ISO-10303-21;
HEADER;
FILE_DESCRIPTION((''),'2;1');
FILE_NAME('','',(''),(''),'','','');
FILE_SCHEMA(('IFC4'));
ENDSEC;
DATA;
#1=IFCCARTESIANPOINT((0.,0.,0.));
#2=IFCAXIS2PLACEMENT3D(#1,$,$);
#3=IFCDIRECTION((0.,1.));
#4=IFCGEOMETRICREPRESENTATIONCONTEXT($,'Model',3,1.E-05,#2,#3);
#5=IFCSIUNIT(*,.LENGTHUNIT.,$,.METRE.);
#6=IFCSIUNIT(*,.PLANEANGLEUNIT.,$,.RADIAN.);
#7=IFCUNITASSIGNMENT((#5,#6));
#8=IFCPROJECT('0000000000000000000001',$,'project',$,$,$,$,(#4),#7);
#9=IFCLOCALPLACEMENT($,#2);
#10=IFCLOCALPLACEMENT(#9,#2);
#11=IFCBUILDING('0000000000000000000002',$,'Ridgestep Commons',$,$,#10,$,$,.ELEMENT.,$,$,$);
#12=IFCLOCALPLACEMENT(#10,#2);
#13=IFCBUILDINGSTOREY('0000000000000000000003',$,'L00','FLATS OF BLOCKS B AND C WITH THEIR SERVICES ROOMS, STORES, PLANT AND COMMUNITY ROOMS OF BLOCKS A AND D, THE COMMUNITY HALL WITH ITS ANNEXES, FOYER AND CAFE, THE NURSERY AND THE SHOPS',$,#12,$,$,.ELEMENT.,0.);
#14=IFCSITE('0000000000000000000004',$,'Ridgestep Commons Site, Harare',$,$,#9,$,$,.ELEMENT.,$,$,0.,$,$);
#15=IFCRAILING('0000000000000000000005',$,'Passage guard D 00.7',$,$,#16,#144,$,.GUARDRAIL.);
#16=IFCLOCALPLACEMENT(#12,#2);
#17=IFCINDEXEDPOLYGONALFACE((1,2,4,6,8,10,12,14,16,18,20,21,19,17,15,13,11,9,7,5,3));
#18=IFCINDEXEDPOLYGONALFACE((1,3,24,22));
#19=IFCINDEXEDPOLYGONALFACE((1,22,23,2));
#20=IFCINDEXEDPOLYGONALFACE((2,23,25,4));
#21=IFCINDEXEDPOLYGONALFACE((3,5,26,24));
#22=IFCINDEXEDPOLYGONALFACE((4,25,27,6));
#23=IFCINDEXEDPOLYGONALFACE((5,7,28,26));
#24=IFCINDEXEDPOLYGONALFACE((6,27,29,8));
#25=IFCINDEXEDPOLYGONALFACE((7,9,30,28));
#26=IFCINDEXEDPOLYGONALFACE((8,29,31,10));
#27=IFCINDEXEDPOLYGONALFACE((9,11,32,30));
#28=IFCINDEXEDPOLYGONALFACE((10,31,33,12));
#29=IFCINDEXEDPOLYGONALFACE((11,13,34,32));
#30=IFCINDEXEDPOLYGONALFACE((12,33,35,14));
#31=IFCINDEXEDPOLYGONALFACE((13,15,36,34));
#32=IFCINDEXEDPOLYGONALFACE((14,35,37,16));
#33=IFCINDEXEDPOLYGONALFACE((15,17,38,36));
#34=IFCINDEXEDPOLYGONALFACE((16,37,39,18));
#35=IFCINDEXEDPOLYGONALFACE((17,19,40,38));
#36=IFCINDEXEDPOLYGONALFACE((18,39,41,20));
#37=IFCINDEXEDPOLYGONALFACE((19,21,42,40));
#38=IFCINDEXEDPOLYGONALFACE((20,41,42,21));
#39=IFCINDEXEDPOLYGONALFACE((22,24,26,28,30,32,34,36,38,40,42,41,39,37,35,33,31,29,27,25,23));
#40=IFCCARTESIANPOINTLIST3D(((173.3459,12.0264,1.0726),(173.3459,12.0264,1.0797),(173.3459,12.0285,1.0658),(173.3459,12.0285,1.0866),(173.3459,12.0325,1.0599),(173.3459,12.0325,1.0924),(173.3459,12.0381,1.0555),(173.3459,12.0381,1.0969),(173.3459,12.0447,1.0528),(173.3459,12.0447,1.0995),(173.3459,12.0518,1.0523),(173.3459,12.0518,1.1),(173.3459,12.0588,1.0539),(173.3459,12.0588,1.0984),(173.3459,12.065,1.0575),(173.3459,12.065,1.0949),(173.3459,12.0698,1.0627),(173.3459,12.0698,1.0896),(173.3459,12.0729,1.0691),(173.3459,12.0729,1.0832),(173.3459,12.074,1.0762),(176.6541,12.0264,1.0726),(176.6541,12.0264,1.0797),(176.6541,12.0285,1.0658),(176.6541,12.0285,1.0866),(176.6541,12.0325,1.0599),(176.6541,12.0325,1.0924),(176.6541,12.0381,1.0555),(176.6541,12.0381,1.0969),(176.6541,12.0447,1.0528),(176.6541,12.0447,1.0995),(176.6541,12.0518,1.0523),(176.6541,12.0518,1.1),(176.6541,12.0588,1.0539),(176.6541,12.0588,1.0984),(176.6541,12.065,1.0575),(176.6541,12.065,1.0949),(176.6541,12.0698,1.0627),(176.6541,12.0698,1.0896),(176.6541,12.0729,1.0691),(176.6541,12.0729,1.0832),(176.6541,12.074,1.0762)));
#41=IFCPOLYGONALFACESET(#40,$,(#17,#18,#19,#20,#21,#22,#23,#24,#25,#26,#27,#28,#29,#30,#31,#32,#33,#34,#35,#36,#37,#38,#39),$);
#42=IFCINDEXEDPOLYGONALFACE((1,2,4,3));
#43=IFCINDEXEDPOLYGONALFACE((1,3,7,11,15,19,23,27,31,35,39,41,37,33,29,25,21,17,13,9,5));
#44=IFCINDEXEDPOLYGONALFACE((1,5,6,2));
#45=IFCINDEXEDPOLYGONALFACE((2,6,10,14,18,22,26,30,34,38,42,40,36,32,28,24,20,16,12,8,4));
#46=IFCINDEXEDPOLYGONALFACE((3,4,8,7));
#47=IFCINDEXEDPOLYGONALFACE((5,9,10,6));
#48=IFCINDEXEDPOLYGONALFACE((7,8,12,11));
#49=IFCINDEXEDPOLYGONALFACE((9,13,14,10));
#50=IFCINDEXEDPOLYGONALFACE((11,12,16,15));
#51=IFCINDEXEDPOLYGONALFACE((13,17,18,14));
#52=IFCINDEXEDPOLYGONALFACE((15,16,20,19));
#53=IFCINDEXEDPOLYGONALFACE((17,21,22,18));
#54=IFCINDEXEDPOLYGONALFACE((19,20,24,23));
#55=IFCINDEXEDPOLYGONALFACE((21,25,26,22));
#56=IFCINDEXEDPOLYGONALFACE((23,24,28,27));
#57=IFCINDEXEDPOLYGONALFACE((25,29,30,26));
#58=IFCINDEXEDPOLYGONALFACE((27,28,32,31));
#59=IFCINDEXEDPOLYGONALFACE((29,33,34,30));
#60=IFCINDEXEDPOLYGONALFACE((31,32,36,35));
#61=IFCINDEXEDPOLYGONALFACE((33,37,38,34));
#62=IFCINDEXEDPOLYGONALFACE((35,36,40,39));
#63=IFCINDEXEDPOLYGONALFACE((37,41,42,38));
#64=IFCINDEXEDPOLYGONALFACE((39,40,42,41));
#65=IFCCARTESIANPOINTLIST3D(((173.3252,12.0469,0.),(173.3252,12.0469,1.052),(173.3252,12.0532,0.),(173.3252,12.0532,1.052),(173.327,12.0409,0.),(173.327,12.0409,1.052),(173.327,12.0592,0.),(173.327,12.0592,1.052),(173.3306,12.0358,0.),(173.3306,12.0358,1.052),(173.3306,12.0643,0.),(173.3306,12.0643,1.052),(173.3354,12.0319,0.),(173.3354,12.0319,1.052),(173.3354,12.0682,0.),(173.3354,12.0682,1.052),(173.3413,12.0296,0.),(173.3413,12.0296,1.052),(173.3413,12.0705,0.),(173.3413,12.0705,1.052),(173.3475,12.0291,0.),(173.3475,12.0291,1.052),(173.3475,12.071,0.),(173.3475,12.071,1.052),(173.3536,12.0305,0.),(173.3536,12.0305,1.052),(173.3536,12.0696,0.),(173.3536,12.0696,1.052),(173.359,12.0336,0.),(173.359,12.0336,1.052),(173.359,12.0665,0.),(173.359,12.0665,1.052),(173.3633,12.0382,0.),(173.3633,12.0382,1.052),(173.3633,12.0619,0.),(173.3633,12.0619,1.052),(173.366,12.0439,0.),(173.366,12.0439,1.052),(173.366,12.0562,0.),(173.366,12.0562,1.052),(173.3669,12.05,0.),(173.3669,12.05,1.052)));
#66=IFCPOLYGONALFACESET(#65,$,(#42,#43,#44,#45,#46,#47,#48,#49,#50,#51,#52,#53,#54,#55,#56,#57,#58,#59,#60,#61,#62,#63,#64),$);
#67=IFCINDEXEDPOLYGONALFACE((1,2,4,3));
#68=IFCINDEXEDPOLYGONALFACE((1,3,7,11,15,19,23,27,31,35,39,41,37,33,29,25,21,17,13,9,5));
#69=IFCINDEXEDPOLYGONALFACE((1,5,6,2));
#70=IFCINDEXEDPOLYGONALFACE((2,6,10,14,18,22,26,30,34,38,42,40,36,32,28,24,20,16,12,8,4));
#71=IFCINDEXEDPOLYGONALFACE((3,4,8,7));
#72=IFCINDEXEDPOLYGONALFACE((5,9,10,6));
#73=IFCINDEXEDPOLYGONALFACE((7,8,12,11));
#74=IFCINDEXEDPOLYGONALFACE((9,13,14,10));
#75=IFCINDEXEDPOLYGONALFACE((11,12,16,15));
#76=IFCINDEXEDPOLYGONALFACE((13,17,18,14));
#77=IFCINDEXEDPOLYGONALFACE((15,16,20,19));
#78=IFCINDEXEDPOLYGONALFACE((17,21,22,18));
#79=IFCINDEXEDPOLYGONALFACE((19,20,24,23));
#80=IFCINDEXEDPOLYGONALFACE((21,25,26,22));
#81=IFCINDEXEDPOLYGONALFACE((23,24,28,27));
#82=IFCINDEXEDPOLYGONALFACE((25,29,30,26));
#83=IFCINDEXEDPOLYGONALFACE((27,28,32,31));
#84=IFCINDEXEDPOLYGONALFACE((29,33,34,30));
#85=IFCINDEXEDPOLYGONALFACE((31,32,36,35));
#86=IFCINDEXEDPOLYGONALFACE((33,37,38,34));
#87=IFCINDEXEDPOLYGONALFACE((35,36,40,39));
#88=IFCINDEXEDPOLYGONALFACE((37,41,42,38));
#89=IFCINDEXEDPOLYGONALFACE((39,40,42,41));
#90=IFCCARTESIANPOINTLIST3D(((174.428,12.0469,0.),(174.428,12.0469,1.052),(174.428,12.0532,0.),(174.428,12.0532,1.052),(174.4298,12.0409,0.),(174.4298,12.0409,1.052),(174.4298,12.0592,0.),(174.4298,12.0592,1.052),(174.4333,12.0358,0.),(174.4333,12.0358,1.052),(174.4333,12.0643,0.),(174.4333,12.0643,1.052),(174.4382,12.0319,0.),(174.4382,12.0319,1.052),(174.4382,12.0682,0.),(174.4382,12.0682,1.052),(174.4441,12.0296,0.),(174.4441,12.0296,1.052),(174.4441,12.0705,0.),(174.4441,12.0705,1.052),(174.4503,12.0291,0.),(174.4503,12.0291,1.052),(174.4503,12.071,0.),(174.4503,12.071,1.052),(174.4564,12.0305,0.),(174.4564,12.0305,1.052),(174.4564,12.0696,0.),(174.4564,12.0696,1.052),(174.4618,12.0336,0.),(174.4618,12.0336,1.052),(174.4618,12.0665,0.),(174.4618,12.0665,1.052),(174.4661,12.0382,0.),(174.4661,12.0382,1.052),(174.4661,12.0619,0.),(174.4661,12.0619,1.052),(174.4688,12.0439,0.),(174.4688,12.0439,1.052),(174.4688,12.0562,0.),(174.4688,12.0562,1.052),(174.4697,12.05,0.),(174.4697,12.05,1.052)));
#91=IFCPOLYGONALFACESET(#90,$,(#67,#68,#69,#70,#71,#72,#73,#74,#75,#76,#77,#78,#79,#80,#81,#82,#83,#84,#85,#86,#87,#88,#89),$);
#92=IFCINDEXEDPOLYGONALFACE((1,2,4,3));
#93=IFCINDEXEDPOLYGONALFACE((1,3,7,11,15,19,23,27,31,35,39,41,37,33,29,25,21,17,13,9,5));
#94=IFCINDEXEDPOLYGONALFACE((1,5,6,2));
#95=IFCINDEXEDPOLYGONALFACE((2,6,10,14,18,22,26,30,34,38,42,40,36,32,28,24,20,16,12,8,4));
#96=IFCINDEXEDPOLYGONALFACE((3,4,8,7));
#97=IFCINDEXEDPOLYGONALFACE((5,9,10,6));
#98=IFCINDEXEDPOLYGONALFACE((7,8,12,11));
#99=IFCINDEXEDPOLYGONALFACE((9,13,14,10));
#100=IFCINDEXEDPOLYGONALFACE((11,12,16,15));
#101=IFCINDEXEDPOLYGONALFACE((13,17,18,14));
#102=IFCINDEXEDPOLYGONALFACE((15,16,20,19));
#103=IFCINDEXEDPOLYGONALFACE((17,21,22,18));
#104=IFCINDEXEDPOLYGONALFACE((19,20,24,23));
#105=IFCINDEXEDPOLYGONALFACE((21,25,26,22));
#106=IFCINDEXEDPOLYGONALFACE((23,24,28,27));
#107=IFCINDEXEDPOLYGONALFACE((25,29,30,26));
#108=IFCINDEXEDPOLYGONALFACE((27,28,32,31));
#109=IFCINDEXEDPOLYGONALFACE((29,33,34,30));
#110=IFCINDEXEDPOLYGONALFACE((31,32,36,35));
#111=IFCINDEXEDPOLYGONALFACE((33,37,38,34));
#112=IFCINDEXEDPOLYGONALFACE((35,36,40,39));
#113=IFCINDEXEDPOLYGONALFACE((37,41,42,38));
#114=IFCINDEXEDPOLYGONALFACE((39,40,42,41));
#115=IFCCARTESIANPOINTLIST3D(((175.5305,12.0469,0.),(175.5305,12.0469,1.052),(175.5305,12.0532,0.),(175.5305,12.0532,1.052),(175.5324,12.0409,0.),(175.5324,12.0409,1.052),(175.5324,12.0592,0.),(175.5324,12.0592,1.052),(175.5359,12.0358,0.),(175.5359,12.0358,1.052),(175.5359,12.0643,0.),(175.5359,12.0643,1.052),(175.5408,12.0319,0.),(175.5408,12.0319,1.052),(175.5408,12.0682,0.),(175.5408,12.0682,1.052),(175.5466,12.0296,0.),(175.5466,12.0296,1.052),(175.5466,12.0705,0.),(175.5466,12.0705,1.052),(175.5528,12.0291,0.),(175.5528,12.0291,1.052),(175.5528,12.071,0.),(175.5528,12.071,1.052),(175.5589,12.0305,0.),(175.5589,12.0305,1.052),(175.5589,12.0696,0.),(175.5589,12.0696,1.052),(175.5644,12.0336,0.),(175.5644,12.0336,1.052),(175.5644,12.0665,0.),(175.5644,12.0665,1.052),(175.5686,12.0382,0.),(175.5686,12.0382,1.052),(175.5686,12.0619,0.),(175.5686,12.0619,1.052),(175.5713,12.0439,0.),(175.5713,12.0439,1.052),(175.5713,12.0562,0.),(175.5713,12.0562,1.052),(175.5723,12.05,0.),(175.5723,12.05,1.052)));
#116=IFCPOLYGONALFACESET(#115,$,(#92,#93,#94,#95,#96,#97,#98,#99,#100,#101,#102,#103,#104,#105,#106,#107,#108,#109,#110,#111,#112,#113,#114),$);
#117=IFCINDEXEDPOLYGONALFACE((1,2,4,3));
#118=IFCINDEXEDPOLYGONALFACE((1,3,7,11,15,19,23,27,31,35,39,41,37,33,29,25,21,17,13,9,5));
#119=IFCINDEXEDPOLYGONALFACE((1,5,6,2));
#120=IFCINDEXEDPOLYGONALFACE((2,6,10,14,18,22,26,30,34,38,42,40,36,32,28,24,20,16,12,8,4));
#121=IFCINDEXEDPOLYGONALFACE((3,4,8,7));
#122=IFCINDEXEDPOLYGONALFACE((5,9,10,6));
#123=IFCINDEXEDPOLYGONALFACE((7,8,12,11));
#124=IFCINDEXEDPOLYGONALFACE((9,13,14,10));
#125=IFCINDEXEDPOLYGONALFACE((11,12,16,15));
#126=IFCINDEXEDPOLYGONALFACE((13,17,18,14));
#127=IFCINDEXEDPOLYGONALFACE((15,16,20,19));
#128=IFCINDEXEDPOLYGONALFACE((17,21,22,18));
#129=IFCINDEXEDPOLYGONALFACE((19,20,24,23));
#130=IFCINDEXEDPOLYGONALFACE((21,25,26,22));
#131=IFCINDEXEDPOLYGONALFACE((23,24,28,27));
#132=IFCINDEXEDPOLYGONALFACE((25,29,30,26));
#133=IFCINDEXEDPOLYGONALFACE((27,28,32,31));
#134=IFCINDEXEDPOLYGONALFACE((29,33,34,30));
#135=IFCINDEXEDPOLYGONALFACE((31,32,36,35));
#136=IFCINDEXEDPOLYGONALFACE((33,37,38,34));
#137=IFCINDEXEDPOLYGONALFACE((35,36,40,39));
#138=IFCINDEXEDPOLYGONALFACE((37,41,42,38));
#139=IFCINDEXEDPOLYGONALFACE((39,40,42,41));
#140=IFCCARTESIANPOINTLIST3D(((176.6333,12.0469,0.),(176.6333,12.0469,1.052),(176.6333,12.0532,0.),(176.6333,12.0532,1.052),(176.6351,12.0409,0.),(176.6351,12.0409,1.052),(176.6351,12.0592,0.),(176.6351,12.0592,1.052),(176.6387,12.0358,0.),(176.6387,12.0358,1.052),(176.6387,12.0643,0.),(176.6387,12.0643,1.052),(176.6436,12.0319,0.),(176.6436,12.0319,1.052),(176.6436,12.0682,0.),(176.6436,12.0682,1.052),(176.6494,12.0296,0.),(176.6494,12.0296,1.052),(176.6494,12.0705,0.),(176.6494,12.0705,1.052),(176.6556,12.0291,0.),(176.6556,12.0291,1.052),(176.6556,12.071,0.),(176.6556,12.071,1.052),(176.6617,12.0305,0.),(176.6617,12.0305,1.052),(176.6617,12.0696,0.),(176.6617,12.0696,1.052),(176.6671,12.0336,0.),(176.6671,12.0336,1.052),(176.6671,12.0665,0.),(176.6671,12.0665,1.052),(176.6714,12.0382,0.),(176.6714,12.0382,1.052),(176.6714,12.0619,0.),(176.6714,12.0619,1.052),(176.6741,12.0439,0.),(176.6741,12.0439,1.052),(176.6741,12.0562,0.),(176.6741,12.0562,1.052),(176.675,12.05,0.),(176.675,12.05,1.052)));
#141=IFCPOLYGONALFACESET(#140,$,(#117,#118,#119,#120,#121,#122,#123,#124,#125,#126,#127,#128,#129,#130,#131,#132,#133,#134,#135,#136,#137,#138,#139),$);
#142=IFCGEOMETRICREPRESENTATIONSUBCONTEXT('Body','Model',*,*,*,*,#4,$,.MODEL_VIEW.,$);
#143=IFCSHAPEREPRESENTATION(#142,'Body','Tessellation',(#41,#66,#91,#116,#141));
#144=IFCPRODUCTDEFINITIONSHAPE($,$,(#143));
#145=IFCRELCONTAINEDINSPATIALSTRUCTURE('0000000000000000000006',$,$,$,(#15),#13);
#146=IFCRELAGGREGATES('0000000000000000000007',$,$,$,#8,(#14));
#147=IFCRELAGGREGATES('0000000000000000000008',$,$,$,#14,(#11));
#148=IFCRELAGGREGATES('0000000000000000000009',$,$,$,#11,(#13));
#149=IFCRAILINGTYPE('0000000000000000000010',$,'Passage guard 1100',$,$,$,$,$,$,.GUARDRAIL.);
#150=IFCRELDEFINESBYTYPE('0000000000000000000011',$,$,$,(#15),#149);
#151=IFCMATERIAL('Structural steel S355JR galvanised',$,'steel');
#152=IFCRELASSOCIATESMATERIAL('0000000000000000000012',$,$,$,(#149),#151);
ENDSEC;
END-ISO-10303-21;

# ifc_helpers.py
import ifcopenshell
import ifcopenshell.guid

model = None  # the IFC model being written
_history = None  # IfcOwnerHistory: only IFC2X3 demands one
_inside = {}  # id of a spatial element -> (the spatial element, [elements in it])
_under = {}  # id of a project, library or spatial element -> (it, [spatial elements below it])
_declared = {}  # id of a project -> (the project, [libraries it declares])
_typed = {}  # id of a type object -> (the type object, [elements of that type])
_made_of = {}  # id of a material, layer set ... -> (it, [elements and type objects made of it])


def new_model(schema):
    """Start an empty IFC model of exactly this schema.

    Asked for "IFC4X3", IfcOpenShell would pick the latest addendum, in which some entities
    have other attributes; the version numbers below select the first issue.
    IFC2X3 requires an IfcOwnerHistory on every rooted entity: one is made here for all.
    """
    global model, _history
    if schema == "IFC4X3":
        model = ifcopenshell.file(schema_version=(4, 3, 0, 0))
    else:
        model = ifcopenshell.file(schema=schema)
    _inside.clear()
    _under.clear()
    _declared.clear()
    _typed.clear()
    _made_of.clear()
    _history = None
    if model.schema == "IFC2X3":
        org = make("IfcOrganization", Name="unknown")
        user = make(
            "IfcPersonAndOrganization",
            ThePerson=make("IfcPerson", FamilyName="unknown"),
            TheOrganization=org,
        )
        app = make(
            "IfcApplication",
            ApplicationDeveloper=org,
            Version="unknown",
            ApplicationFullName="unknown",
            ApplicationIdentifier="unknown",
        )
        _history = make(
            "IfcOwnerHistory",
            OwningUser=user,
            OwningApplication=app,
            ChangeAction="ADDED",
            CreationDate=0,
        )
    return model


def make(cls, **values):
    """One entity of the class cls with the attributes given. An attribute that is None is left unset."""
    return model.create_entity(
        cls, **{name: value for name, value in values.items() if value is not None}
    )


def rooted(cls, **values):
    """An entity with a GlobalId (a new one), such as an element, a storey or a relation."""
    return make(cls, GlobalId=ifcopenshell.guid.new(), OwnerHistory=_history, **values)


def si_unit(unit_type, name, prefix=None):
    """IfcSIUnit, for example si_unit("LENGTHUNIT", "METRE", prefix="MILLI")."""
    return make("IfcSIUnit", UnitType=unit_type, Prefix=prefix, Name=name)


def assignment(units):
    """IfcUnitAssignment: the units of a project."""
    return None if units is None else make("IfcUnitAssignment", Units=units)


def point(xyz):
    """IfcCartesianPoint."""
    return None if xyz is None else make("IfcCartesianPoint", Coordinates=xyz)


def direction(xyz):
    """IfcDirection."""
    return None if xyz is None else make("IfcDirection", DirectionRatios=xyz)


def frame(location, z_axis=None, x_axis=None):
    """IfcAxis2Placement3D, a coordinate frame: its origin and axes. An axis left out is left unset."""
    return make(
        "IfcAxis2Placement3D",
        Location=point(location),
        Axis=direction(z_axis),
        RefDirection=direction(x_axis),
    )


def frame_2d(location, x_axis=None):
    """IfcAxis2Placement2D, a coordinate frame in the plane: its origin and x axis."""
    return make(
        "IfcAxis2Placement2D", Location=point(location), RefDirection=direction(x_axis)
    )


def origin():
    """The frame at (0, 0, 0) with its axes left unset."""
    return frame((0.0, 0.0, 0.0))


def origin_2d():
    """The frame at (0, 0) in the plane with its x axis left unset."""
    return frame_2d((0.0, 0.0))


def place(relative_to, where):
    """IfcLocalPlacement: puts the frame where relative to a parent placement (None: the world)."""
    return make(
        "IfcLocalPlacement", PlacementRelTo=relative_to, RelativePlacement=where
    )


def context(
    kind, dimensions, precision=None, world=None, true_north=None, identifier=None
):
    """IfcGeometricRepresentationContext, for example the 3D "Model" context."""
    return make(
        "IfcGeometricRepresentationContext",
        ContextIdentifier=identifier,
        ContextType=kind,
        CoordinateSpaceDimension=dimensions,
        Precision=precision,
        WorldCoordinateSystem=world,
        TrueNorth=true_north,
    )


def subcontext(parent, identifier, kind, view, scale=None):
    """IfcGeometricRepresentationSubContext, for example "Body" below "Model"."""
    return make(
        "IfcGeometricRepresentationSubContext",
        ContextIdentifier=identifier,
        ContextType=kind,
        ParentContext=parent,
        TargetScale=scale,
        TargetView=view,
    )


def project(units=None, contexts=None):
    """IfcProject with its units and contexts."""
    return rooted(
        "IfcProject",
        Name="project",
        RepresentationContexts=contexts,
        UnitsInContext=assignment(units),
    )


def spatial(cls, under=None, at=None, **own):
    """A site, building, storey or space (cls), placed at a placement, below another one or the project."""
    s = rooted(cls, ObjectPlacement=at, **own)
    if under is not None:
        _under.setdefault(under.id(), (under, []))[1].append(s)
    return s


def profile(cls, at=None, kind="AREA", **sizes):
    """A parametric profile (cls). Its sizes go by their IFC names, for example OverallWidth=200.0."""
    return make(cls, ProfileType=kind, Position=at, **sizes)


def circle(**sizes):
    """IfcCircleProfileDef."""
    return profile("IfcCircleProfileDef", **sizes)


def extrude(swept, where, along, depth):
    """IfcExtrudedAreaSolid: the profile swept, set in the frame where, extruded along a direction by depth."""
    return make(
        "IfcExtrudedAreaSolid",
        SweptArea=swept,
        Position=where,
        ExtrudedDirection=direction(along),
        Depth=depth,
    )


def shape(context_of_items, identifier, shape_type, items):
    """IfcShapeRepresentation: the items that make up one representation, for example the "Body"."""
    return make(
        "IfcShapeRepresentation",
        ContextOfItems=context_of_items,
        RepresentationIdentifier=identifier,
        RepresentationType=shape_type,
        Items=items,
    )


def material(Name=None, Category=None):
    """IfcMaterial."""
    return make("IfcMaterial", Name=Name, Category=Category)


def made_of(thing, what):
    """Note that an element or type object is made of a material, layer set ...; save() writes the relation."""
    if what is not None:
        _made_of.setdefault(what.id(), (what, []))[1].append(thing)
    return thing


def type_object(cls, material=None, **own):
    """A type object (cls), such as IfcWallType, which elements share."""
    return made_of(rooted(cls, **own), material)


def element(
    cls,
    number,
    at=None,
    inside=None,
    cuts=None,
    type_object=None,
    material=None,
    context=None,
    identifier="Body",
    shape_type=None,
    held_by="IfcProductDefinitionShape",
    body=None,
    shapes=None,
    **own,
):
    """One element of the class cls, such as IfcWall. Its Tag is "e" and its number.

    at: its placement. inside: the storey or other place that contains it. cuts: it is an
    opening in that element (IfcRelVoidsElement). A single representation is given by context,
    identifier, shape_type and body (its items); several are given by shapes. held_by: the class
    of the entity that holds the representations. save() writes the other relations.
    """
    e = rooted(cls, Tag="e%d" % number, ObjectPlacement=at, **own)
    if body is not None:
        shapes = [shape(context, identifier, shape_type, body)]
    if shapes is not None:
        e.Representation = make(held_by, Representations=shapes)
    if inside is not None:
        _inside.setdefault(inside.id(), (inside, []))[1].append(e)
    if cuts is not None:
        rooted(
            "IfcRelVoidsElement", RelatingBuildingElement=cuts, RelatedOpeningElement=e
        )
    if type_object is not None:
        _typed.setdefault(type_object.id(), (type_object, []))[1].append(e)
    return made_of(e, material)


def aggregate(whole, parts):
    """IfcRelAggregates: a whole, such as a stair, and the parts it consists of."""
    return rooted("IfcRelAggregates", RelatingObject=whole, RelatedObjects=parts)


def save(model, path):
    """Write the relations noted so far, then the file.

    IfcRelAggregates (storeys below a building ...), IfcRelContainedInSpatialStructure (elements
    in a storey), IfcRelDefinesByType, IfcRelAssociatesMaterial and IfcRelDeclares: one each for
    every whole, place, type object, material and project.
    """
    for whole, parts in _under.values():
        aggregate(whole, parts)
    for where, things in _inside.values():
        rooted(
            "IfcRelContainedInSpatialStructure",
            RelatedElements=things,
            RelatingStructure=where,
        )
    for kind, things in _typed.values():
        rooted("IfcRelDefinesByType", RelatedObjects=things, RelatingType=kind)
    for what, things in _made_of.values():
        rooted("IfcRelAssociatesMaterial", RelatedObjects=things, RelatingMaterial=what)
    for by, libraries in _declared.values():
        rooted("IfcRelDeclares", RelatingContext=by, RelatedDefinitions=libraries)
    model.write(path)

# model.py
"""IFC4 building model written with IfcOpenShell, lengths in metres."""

from ifc_helpers import new_model, si_unit, direction, frame, origin, origin_2d, place, context, subcontext, project, spatial, circle, extrude, material, type_object, element, save


model = new_model("IFC4")

# Units and contexts
model_context = context("Model", 3, precision=1e-05, world=origin(), true_north=direction((0.0, 1.0)))
body_context = subcontext(model_context, "Body", "Model", "MODEL_VIEW")
ifc_project = project(units=[si_unit("LENGTHUNIT", "METRE"), si_unit("PLANEANGLEUNIT", "RADIAN")], contexts=[model_context])

# Site, building, storey
site_placement = place(None, origin())
site = spatial("IfcSite", under=ifc_project, at=site_placement, Name="Ridgestep Commons Site, Harare", CompositionType="ELEMENT", RefElevation=0.0)
building_placement = place(site_placement, origin())
building = spatial("IfcBuilding", under=site, at=building_placement, Name="Ridgestep Commons", CompositionType="ELEMENT")
storey_placement = place(building_placement, origin())
storey = spatial("IfcBuildingStorey", under=building, at=storey_placement, Name="L00", Description="FLATS OF BLOCKS B AND C WITH THEIR SERVICES ROOMS, STORES, PLANT AND COMMUNITY ROOMS OF BLOCKS A AND D, THE COMMUNITY HALL WITH ITS ANNEXES, FOYER AND CAFE, THE NURSERY AND THE SHOPS", CompositionType="ELEMENT", Elevation=0.0)

# Railing
ifc_material_1 = material(Name="Structural steel S355JR galvanised", Category="steel")
railing_type_1 = type_object("IfcRailingType", Name="Passage guard 1100", PredefinedType="GUARDRAIL", material=ifc_material_1)
railing_1_placement = place(storey_placement, frame((173.3459, 12.05, 0.0)))
element("IfcRailing", 1, at=railing_1_placement, inside=storey, type_object=railing_type_1, Name="Passage guard D 00.7", PredefinedType="GUARDRAIL", context=body_context, shape_type="SweptSolid", body=[
    extrude(circle(Radius=0.0239, at=origin_2d()), frame((0.0, 0.0, 1.0762), z_axis=(1.0, 0.0, 0.0), x_axis=(0.0, 1.0, 0.0)), (0.0, 0.0, 1.0), 3.3081),
    extrude(circle(Radius=0.021, at=origin_2d()), origin(), (0.0, 0.0, 1.0), 1.052),
    extrude(circle(Radius=0.021, at=origin_2d()), frame((1.1028, 0.0, 0.0)), (0.0, 0.0, 1.0), 1.052),
    extrude(circle(Radius=0.021, at=origin_2d()), frame((2.2053, 0.0, 0.0)), (0.0, 0.0, 1.0), 1.052),
    extrude(circle(Radius=0.021, at=origin_2d()), frame((3.3081, 0.0, 0.0)), (0.0, 0.0, 1.0), 1.052),
])

save(model, "model.ifc")
